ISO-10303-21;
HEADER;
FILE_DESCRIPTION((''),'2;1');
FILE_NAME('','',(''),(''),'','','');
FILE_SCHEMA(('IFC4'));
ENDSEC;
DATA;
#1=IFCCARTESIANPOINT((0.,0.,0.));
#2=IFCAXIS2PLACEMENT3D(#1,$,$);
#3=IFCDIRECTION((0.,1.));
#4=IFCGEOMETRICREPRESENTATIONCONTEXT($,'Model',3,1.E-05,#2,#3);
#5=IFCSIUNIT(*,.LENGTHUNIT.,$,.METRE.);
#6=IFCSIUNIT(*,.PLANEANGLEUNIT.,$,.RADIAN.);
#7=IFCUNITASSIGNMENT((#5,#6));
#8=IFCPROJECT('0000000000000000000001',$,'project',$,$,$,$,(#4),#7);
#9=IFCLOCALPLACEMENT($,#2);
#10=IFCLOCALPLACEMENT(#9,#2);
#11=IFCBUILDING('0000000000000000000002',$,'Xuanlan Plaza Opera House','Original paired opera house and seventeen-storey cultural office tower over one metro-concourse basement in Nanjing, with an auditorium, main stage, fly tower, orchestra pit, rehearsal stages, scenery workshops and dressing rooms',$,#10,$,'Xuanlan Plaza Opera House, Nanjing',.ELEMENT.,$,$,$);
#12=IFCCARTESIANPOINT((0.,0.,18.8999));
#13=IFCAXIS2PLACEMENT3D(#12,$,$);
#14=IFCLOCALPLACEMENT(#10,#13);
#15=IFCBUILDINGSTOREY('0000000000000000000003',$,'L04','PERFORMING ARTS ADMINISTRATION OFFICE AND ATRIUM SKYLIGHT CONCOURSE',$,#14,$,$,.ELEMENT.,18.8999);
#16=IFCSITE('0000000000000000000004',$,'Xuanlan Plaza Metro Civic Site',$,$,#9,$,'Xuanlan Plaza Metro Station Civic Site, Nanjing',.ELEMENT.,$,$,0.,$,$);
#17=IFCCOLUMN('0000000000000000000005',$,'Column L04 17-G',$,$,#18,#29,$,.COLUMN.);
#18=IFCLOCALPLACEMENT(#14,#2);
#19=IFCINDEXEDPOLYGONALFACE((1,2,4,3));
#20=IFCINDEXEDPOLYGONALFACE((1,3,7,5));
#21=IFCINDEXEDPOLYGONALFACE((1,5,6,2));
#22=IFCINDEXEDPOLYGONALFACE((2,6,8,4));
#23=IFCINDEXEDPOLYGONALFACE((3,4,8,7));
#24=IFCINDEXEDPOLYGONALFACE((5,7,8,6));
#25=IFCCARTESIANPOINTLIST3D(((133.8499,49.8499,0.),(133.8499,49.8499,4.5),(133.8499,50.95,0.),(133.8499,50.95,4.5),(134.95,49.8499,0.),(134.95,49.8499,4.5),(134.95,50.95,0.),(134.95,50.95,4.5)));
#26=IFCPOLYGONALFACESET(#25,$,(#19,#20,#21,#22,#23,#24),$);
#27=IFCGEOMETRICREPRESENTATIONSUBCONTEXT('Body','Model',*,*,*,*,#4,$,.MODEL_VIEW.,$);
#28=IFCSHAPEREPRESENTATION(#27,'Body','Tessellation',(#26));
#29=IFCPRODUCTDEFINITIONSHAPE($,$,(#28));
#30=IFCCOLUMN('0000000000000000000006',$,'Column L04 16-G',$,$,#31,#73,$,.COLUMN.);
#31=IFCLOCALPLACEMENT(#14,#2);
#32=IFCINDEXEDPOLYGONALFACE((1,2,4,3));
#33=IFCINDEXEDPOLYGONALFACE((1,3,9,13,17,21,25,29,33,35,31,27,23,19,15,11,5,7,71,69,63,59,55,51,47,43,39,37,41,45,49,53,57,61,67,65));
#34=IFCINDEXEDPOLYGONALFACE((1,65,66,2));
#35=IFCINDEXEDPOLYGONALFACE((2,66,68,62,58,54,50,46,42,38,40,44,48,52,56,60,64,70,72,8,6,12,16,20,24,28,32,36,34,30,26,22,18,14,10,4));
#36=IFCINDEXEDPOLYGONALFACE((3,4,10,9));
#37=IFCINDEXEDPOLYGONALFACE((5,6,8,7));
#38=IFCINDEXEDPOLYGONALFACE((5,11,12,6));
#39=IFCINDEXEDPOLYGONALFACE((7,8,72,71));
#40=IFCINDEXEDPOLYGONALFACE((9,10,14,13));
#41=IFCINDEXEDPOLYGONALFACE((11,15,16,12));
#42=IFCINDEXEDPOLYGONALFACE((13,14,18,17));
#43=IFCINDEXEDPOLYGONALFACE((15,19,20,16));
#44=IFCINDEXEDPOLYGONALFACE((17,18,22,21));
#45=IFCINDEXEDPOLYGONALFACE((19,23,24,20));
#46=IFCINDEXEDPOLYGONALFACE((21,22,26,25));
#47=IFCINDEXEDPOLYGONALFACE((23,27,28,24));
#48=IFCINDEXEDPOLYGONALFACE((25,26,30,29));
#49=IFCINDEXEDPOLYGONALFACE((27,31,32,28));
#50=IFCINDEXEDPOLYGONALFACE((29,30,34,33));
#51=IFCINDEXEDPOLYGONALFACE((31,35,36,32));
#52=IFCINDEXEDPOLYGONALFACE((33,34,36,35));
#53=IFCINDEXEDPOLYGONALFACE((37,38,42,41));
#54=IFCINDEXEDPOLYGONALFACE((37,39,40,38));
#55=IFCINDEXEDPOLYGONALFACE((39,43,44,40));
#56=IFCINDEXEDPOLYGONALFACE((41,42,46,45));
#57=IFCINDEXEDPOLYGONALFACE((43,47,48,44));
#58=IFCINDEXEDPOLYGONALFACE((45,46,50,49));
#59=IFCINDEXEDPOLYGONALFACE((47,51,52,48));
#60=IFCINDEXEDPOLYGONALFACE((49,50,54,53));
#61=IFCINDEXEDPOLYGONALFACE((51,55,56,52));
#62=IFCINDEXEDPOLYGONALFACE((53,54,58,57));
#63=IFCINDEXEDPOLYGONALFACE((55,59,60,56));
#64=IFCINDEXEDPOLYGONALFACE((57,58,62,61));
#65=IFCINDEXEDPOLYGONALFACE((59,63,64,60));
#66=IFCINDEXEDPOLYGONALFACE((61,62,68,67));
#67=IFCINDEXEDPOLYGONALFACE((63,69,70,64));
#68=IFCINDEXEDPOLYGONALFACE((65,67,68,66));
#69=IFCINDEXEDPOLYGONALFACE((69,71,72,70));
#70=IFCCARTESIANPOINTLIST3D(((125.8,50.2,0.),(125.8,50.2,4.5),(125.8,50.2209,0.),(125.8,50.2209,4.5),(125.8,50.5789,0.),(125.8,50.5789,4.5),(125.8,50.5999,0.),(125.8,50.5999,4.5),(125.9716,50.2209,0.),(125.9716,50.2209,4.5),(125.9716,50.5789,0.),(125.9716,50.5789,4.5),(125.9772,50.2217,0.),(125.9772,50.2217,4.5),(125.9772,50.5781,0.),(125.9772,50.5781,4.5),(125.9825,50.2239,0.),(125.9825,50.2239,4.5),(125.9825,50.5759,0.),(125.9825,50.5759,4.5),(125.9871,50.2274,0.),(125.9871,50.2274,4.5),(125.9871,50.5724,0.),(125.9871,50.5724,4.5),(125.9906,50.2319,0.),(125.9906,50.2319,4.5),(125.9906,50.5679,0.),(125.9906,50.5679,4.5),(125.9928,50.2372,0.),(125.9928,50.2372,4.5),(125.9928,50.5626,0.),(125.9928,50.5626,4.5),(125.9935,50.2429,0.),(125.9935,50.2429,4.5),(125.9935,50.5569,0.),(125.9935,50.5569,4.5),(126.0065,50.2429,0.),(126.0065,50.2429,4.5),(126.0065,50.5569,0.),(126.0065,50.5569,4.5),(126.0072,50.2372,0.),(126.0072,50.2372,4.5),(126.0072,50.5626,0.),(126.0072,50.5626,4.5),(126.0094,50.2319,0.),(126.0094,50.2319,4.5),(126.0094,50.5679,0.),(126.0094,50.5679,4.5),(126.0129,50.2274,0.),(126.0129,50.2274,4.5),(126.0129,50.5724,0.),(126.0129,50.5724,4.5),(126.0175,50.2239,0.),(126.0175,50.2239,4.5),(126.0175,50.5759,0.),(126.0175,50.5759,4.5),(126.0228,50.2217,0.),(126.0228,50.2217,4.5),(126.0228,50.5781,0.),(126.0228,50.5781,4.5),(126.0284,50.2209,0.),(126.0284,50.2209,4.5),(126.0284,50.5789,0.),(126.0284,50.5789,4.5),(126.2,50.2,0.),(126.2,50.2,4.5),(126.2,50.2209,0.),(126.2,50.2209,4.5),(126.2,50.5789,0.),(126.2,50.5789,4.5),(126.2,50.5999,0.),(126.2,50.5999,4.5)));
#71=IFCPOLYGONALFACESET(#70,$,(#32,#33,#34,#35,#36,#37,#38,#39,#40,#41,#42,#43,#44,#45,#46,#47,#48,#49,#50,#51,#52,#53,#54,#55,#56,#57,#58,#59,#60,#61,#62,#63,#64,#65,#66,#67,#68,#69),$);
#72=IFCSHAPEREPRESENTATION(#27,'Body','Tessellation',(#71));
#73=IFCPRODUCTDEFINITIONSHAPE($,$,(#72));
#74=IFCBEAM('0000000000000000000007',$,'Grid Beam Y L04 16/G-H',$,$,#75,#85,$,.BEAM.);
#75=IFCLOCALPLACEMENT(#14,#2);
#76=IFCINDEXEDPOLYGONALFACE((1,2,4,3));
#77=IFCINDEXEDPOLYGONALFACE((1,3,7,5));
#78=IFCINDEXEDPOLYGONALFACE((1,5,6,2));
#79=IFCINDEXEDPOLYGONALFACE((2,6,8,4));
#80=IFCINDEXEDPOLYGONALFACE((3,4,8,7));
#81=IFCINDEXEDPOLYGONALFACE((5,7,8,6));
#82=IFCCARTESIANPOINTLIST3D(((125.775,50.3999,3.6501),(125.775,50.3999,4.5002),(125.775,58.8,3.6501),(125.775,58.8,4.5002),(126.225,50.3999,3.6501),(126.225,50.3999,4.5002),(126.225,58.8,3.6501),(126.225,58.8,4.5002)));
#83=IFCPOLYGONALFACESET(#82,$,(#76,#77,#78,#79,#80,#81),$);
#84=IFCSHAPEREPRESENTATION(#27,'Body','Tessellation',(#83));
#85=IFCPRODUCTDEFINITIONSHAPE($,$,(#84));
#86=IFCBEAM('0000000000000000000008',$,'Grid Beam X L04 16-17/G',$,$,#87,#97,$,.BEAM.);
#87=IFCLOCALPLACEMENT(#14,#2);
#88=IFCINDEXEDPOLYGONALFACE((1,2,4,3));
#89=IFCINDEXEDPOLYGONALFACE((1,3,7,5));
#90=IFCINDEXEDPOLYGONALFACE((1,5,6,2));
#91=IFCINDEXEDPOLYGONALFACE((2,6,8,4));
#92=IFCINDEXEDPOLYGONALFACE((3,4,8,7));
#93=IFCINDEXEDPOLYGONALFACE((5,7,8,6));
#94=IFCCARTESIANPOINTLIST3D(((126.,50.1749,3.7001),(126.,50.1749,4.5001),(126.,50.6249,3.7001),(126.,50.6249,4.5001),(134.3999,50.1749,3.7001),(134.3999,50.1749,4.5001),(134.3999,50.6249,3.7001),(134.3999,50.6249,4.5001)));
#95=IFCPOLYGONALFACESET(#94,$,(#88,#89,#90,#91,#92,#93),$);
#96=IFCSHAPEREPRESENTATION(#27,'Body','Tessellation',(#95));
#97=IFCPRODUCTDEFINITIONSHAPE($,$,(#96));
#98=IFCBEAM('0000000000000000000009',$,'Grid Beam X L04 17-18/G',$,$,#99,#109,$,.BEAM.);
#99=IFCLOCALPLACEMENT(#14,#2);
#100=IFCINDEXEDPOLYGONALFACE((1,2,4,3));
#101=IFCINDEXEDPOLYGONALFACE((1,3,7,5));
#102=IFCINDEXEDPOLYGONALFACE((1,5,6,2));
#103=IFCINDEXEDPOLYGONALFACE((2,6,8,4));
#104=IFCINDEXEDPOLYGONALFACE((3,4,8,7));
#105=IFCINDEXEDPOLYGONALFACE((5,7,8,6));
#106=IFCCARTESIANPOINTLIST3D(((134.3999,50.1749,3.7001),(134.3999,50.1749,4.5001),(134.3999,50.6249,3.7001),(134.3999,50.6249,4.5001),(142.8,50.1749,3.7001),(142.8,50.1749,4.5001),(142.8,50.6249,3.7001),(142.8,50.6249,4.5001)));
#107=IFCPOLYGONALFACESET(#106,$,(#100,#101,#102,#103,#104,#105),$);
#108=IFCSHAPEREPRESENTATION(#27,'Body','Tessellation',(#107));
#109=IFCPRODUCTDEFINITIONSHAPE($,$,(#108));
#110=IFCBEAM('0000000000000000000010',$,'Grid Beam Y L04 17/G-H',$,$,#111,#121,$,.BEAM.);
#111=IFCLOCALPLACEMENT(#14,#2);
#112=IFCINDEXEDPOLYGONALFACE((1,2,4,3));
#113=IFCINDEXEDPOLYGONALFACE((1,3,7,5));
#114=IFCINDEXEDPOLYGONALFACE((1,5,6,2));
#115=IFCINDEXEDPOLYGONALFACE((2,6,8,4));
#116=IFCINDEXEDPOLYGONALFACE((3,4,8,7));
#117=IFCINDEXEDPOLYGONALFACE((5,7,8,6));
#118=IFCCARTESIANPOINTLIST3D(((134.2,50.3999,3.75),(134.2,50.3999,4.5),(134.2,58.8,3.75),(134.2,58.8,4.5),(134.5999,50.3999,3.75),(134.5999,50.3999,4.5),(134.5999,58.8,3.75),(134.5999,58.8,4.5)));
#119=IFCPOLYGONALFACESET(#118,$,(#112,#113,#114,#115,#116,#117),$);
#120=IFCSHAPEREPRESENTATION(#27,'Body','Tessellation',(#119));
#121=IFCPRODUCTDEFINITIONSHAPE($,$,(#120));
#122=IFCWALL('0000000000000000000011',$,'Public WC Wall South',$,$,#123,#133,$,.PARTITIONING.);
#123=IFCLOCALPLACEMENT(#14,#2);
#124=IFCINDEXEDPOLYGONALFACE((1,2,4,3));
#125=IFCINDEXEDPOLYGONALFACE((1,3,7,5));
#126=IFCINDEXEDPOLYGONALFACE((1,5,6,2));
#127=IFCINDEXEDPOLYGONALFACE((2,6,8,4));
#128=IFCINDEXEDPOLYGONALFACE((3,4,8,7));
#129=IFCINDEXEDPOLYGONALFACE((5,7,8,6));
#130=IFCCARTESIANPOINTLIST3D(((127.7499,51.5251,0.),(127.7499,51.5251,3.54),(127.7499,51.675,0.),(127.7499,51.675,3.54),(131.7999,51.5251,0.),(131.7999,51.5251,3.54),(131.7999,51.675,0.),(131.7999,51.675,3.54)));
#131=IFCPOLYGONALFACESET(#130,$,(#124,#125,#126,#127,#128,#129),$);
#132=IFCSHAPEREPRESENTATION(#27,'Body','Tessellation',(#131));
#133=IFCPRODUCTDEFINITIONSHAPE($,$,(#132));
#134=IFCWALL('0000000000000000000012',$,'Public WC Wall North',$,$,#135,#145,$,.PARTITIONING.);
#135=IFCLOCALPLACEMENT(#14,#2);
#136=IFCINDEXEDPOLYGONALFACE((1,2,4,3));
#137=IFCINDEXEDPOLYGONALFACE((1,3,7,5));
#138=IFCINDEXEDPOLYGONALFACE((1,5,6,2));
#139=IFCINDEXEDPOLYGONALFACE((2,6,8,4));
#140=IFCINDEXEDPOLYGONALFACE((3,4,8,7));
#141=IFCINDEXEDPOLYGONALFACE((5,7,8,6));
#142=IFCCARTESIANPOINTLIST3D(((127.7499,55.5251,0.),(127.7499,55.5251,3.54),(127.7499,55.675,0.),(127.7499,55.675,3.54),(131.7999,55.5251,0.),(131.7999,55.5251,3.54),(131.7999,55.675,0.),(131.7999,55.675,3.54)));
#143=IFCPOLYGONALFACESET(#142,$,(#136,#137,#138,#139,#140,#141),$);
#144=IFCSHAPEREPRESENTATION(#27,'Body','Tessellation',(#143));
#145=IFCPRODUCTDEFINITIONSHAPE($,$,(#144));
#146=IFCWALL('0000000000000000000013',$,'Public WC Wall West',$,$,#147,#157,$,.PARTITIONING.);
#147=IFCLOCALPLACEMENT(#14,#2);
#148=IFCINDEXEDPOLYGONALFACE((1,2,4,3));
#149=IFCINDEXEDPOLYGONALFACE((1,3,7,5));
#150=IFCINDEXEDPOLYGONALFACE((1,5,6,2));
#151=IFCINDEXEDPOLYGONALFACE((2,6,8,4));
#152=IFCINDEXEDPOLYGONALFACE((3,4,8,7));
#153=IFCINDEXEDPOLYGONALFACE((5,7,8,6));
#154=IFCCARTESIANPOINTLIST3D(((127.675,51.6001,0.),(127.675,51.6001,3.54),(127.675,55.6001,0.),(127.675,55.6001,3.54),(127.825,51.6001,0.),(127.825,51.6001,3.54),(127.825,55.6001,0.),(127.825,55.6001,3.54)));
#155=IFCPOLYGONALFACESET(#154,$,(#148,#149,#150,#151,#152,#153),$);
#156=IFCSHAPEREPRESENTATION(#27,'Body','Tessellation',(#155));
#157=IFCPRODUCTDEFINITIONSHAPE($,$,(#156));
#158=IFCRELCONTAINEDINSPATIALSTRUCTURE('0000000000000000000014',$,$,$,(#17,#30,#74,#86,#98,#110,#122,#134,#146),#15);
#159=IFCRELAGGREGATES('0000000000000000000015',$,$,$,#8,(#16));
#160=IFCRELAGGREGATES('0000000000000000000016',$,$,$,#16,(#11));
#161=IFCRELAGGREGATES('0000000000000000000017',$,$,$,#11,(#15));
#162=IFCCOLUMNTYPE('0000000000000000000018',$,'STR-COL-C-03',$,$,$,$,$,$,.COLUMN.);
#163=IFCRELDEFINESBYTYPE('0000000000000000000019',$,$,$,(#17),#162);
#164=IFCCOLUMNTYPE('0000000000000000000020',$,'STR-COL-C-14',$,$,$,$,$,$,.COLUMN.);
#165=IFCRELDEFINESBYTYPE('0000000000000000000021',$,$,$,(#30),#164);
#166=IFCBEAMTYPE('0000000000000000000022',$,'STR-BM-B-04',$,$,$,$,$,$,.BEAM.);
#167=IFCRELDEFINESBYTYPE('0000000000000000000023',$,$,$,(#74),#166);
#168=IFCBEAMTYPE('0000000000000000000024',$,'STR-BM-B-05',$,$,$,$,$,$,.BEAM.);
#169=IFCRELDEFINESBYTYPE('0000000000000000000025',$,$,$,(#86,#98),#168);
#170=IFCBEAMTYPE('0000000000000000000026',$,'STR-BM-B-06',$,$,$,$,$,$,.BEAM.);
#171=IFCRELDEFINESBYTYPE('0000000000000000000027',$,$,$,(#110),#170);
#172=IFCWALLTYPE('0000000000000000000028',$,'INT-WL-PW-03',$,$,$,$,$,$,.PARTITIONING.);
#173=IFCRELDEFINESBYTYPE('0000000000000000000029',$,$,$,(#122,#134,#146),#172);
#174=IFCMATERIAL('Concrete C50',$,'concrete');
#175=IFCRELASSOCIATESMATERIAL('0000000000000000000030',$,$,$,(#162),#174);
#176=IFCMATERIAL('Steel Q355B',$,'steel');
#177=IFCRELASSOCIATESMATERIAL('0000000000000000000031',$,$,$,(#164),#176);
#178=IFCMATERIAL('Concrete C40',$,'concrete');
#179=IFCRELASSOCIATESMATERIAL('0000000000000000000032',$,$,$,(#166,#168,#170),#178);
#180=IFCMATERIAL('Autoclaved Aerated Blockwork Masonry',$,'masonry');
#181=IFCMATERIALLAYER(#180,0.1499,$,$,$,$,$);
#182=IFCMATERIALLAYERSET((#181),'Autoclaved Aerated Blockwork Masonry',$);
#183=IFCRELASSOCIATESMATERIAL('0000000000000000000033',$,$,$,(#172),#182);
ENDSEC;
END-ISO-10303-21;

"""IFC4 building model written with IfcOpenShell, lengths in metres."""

from ifc_helpers import new_model, si_unit, direction, frame, frame_2d, origin, origin_2d, place, context, subcontext, project, spatial, rectangle, i_section, extrude, material, layer, layer_set, material_profile, profile_set, type_object, element, save


model = new_model("IFC4")

# Units and contexts
model_context = context("Model", 3, precision=1e-05, world=origin(), true_north=direction((0.0, 1.0)))
body_context = subcontext(model_context, "Body", "Model", "MODEL_VIEW")
ifc_project = project(units=[si_unit("LENGTHUNIT", "METRE"), si_unit("PLANEANGLEUNIT", "RADIAN")], contexts=[model_context])

# Site, building, storey
site_placement = place(None, origin())
site = spatial("IfcSite", under=ifc_project, at=site_placement, Name="Xuanlan Plaza Metro Civic Site", LongName="Xuanlan Plaza Metro Station Civic Site, Nanjing", CompositionType="ELEMENT", RefElevation=0.0)
building_placement = place(site_placement, origin())
building = spatial("IfcBuilding", under=site, at=building_placement, Name="Xuanlan Plaza Opera House", Description="Original paired opera house and seventeen-storey cultural office tower over one metro-concourse basement in Nanjing, with an auditorium, main stage, fly tower, orchestra pit, rehearsal stages, scenery workshops and dressing rooms", LongName="Xuanlan Plaza Opera House, Nanjing", CompositionType="ELEMENT")
storey_placement = place(building_placement, frame((0.0, 0.0, 18.8999)))
storey = spatial("IfcBuildingStorey", under=building, at=storey_placement, Name="L04", Description="PERFORMING ARTS ADMINISTRATION OFFICE AND ATRIUM SKYLIGHT CONCOURSE", CompositionType="ELEMENT", Elevation=18.8999)

# Columns
ifc_material_1 = material(Name="Concrete C50", Category="concrete")
ifc_material_profile_1 = material_profile(ifc_material_1, rectangle(XDim=1.1001, YDim=1.1001, at=origin_2d()), Name="RC-COL 1100x1100")
ifc_profile_set_1 = profile_set([ifc_material_profile_1], Name="Concrete C50")
column_type_1 = type_object("IfcColumnType", Name="STR-COL-C-03", PredefinedType="COLUMN", material=ifc_profile_set_1)
column_1_placement = place(storey_placement, frame((134.3999, 50.3999, 0.0), z_axis=(0.0, 0.0, 1.0), x_axis=(1.0, 0.0, 0.0)))
element("IfcColumn", 1, at=column_1_placement, inside=storey, type_object=column_type_1, Name="Column L04 17-G", PredefinedType="COLUMN", context=body_context, shape_type="SweptSolid", body=[
    extrude(rectangle(XDim=1.1001, YDim=1.1001, at=origin_2d()), origin(), (0.0, 0.0, 1.0), 4.5),
])
ifc_material_2 = material(Name="Steel Q355B", Category="steel")
ifc_material_profile_2 = material_profile(ifc_material_2, i_section(OverallWidth=0.3999, OverallDepth=0.3999, WebThickness=0.0129, FlangeThickness=0.021, FilletRadius=0.022, at=origin_2d()), Name="HW 400x400x13x21")
ifc_profile_set_2 = profile_set([ifc_material_profile_2], Name="Steel Q355B")
column_type_2 = type_object("IfcColumnType", Name="STR-COL-C-14", PredefinedType="COLUMN", material=ifc_profile_set_2)
column_2_placement = place(storey_placement, frame((126.0, 50.3999, 0.0), z_axis=(0.0, 0.0, 1.0), x_axis=(1.0, 0.0, 0.0)))
element("IfcColumn", 2, at=column_2_placement, inside=storey, type_object=column_type_2, Name="Column L04 16-G", PredefinedType="COLUMN", context=body_context, shape_type="SweptSolid", body=[
    extrude(i_section(OverallWidth=0.3999, OverallDepth=0.3999, WebThickness=0.0129, FlangeThickness=0.021, FilletRadius=0.022, at=origin_2d()), origin(), (0.0, 0.0, 1.0), 4.5),
])

# Beams
ifc_material_3 = material(Name="Concrete C40", Category="concrete")
ifc_material_profile_3 = material_profile(ifc_material_3, rectangle(XDim=0.45, YDim=0.8501, at=origin_2d()), Name="RC-BM 450x850")
ifc_profile_set_3 = profile_set([ifc_material_profile_3], Name="Concrete C40")
beam_type_1 = type_object("IfcBeamType", Name="STR-BM-B-04", PredefinedType="BEAM", material=ifc_profile_set_3)
beam_1_placement = place(storey_placement, frame((126.0, 50.3999, 4.0752), z_axis=(0.0, 1.0, 0.0), x_axis=(-1.0, 0.0, 0.0)))
element("IfcBeam", 3, at=beam_1_placement, inside=storey, type_object=beam_type_1, Name="Grid Beam Y L04 16/G-H", PredefinedType="BEAM", context=body_context, shape_type="SweptSolid", body=[
    extrude(rectangle(XDim=0.45, YDim=0.8501, at=origin_2d()), origin(), (0.0, 0.0, 1.0), 8.4001),
])
ifc_material_profile_4 = material_profile(ifc_material_3, rectangle(XDim=0.45, YDim=0.8, at=origin_2d()), Name="RC-BM 450x800")
ifc_profile_set_4 = profile_set([ifc_material_profile_4], Name="Concrete C40")
beam_type_2 = type_object("IfcBeamType", Name="STR-BM-B-05", PredefinedType="BEAM", material=ifc_profile_set_4)
beam_2_placement = place(storey_placement, frame((126.0, 50.3999, 4.1001), z_axis=(1.0, 0.0, 0.0), x_axis=(0.0, 1.0, 0.0)))
element("IfcBeam", 4, at=beam_2_placement, inside=storey, type_object=beam_type_2, Name="Grid Beam X L04 16-17/G", PredefinedType="BEAM", context=body_context, shape_type="SweptSolid", body=[
    extrude(rectangle(XDim=0.45, YDim=0.8, at=origin_2d()), origin(), (0.0, 0.0, 1.0), 8.3999),
])
beam_3_placement = place(storey_placement, frame((134.3999, 50.3999, 4.1001), z_axis=(1.0, 0.0, 0.0), x_axis=(0.0, 1.0, 0.0)))
element("IfcBeam", 5, at=beam_3_placement, inside=storey, type_object=beam_type_2, Name="Grid Beam X L04 17-18/G", PredefinedType="BEAM", context=body_context, shape_type="SweptSolid", body=[
    extrude(rectangle(XDim=0.45, YDim=0.8, at=origin_2d()), origin(), (0.0, 0.0, 1.0), 8.4001),
])
ifc_material_profile_5 = material_profile(ifc_material_3, rectangle(XDim=0.3999, YDim=0.75, at=origin_2d()), Name="RC-BM 400x750")
ifc_profile_set_5 = profile_set([ifc_material_profile_5], Name="Concrete C40")
beam_type_3 = type_object("IfcBeamType", Name="STR-BM-B-06", PredefinedType="BEAM", material=ifc_profile_set_5)
beam_4_placement = place(storey_placement, frame((134.3999, 50.3999, 4.125), z_axis=(0.0, 1.0, 0.0), x_axis=(-1.0, 0.0, 0.0)))
element("IfcBeam", 6, at=beam_4_placement, inside=storey, type_object=beam_type_3, Name="Grid Beam Y L04 17/G-H", PredefinedType="BEAM", context=body_context, shape_type="SweptSolid", body=[
    extrude(rectangle(XDim=0.3999, YDim=0.75, at=origin_2d()), origin(), (0.0, 0.0, 1.0), 8.4001),
])

# Walls
ifc_material_4 = material(Name="Autoclaved Aerated Blockwork Masonry", Category="masonry")
ifc_layer_1 = layer(ifc_material_4, 0.1499)
ifc_layer_set_1 = layer_set([ifc_layer_1], Name="Autoclaved Aerated Blockwork Masonry")
wall_type_1 = type_object("IfcWallType", Name="INT-WL-PW-03", PredefinedType="PARTITIONING", material=ifc_layer_set_1)
for number, where, z_axis, x_axis, name in (
    (7, (127.75, 51.6001, 0.0), (0.0, 0.0, 1.0), (1.0, 0.0, 0.0), "Public WC Wall South"),
    (8, (127.75, 55.6001, 0.0), (0.0, 0.0, 1.0), (1.0, 0.0, 0.0), "Public WC Wall North"),
):
    element("IfcWall", number, at=place(storey_placement, frame(where, z_axis=z_axis, x_axis=x_axis)), inside=storey, type_object=wall_type_1, Name=name, PredefinedType="PARTITIONING", context=body_context, shape_type="SweptSolid", body=[
        extrude(rectangle(XDim=4.05, YDim=0.1499, at=frame_2d((2.0249, 0.0))), origin(), (0.0, 0.0, 1.0), 3.54),
    ])
wall_1_placement = place(storey_placement, frame((127.75, 51.6001, 0.0), z_axis=(0.0, 0.0, 1.0), x_axis=(0.0, 1.0, 0.0)))
element("IfcWall", 9, at=wall_1_placement, inside=storey, type_object=wall_type_1, Name="Public WC Wall West", PredefinedType="PARTITIONING", context=body_context, shape_type="SweptSolid", body=[
    extrude(rectangle(XDim=4.0, YDim=0.1499, at=frame_2d((2.0, 0.0))), origin(), (0.0, 0.0, 1.0), 3.54),
])

save(model, "model.ifc")
